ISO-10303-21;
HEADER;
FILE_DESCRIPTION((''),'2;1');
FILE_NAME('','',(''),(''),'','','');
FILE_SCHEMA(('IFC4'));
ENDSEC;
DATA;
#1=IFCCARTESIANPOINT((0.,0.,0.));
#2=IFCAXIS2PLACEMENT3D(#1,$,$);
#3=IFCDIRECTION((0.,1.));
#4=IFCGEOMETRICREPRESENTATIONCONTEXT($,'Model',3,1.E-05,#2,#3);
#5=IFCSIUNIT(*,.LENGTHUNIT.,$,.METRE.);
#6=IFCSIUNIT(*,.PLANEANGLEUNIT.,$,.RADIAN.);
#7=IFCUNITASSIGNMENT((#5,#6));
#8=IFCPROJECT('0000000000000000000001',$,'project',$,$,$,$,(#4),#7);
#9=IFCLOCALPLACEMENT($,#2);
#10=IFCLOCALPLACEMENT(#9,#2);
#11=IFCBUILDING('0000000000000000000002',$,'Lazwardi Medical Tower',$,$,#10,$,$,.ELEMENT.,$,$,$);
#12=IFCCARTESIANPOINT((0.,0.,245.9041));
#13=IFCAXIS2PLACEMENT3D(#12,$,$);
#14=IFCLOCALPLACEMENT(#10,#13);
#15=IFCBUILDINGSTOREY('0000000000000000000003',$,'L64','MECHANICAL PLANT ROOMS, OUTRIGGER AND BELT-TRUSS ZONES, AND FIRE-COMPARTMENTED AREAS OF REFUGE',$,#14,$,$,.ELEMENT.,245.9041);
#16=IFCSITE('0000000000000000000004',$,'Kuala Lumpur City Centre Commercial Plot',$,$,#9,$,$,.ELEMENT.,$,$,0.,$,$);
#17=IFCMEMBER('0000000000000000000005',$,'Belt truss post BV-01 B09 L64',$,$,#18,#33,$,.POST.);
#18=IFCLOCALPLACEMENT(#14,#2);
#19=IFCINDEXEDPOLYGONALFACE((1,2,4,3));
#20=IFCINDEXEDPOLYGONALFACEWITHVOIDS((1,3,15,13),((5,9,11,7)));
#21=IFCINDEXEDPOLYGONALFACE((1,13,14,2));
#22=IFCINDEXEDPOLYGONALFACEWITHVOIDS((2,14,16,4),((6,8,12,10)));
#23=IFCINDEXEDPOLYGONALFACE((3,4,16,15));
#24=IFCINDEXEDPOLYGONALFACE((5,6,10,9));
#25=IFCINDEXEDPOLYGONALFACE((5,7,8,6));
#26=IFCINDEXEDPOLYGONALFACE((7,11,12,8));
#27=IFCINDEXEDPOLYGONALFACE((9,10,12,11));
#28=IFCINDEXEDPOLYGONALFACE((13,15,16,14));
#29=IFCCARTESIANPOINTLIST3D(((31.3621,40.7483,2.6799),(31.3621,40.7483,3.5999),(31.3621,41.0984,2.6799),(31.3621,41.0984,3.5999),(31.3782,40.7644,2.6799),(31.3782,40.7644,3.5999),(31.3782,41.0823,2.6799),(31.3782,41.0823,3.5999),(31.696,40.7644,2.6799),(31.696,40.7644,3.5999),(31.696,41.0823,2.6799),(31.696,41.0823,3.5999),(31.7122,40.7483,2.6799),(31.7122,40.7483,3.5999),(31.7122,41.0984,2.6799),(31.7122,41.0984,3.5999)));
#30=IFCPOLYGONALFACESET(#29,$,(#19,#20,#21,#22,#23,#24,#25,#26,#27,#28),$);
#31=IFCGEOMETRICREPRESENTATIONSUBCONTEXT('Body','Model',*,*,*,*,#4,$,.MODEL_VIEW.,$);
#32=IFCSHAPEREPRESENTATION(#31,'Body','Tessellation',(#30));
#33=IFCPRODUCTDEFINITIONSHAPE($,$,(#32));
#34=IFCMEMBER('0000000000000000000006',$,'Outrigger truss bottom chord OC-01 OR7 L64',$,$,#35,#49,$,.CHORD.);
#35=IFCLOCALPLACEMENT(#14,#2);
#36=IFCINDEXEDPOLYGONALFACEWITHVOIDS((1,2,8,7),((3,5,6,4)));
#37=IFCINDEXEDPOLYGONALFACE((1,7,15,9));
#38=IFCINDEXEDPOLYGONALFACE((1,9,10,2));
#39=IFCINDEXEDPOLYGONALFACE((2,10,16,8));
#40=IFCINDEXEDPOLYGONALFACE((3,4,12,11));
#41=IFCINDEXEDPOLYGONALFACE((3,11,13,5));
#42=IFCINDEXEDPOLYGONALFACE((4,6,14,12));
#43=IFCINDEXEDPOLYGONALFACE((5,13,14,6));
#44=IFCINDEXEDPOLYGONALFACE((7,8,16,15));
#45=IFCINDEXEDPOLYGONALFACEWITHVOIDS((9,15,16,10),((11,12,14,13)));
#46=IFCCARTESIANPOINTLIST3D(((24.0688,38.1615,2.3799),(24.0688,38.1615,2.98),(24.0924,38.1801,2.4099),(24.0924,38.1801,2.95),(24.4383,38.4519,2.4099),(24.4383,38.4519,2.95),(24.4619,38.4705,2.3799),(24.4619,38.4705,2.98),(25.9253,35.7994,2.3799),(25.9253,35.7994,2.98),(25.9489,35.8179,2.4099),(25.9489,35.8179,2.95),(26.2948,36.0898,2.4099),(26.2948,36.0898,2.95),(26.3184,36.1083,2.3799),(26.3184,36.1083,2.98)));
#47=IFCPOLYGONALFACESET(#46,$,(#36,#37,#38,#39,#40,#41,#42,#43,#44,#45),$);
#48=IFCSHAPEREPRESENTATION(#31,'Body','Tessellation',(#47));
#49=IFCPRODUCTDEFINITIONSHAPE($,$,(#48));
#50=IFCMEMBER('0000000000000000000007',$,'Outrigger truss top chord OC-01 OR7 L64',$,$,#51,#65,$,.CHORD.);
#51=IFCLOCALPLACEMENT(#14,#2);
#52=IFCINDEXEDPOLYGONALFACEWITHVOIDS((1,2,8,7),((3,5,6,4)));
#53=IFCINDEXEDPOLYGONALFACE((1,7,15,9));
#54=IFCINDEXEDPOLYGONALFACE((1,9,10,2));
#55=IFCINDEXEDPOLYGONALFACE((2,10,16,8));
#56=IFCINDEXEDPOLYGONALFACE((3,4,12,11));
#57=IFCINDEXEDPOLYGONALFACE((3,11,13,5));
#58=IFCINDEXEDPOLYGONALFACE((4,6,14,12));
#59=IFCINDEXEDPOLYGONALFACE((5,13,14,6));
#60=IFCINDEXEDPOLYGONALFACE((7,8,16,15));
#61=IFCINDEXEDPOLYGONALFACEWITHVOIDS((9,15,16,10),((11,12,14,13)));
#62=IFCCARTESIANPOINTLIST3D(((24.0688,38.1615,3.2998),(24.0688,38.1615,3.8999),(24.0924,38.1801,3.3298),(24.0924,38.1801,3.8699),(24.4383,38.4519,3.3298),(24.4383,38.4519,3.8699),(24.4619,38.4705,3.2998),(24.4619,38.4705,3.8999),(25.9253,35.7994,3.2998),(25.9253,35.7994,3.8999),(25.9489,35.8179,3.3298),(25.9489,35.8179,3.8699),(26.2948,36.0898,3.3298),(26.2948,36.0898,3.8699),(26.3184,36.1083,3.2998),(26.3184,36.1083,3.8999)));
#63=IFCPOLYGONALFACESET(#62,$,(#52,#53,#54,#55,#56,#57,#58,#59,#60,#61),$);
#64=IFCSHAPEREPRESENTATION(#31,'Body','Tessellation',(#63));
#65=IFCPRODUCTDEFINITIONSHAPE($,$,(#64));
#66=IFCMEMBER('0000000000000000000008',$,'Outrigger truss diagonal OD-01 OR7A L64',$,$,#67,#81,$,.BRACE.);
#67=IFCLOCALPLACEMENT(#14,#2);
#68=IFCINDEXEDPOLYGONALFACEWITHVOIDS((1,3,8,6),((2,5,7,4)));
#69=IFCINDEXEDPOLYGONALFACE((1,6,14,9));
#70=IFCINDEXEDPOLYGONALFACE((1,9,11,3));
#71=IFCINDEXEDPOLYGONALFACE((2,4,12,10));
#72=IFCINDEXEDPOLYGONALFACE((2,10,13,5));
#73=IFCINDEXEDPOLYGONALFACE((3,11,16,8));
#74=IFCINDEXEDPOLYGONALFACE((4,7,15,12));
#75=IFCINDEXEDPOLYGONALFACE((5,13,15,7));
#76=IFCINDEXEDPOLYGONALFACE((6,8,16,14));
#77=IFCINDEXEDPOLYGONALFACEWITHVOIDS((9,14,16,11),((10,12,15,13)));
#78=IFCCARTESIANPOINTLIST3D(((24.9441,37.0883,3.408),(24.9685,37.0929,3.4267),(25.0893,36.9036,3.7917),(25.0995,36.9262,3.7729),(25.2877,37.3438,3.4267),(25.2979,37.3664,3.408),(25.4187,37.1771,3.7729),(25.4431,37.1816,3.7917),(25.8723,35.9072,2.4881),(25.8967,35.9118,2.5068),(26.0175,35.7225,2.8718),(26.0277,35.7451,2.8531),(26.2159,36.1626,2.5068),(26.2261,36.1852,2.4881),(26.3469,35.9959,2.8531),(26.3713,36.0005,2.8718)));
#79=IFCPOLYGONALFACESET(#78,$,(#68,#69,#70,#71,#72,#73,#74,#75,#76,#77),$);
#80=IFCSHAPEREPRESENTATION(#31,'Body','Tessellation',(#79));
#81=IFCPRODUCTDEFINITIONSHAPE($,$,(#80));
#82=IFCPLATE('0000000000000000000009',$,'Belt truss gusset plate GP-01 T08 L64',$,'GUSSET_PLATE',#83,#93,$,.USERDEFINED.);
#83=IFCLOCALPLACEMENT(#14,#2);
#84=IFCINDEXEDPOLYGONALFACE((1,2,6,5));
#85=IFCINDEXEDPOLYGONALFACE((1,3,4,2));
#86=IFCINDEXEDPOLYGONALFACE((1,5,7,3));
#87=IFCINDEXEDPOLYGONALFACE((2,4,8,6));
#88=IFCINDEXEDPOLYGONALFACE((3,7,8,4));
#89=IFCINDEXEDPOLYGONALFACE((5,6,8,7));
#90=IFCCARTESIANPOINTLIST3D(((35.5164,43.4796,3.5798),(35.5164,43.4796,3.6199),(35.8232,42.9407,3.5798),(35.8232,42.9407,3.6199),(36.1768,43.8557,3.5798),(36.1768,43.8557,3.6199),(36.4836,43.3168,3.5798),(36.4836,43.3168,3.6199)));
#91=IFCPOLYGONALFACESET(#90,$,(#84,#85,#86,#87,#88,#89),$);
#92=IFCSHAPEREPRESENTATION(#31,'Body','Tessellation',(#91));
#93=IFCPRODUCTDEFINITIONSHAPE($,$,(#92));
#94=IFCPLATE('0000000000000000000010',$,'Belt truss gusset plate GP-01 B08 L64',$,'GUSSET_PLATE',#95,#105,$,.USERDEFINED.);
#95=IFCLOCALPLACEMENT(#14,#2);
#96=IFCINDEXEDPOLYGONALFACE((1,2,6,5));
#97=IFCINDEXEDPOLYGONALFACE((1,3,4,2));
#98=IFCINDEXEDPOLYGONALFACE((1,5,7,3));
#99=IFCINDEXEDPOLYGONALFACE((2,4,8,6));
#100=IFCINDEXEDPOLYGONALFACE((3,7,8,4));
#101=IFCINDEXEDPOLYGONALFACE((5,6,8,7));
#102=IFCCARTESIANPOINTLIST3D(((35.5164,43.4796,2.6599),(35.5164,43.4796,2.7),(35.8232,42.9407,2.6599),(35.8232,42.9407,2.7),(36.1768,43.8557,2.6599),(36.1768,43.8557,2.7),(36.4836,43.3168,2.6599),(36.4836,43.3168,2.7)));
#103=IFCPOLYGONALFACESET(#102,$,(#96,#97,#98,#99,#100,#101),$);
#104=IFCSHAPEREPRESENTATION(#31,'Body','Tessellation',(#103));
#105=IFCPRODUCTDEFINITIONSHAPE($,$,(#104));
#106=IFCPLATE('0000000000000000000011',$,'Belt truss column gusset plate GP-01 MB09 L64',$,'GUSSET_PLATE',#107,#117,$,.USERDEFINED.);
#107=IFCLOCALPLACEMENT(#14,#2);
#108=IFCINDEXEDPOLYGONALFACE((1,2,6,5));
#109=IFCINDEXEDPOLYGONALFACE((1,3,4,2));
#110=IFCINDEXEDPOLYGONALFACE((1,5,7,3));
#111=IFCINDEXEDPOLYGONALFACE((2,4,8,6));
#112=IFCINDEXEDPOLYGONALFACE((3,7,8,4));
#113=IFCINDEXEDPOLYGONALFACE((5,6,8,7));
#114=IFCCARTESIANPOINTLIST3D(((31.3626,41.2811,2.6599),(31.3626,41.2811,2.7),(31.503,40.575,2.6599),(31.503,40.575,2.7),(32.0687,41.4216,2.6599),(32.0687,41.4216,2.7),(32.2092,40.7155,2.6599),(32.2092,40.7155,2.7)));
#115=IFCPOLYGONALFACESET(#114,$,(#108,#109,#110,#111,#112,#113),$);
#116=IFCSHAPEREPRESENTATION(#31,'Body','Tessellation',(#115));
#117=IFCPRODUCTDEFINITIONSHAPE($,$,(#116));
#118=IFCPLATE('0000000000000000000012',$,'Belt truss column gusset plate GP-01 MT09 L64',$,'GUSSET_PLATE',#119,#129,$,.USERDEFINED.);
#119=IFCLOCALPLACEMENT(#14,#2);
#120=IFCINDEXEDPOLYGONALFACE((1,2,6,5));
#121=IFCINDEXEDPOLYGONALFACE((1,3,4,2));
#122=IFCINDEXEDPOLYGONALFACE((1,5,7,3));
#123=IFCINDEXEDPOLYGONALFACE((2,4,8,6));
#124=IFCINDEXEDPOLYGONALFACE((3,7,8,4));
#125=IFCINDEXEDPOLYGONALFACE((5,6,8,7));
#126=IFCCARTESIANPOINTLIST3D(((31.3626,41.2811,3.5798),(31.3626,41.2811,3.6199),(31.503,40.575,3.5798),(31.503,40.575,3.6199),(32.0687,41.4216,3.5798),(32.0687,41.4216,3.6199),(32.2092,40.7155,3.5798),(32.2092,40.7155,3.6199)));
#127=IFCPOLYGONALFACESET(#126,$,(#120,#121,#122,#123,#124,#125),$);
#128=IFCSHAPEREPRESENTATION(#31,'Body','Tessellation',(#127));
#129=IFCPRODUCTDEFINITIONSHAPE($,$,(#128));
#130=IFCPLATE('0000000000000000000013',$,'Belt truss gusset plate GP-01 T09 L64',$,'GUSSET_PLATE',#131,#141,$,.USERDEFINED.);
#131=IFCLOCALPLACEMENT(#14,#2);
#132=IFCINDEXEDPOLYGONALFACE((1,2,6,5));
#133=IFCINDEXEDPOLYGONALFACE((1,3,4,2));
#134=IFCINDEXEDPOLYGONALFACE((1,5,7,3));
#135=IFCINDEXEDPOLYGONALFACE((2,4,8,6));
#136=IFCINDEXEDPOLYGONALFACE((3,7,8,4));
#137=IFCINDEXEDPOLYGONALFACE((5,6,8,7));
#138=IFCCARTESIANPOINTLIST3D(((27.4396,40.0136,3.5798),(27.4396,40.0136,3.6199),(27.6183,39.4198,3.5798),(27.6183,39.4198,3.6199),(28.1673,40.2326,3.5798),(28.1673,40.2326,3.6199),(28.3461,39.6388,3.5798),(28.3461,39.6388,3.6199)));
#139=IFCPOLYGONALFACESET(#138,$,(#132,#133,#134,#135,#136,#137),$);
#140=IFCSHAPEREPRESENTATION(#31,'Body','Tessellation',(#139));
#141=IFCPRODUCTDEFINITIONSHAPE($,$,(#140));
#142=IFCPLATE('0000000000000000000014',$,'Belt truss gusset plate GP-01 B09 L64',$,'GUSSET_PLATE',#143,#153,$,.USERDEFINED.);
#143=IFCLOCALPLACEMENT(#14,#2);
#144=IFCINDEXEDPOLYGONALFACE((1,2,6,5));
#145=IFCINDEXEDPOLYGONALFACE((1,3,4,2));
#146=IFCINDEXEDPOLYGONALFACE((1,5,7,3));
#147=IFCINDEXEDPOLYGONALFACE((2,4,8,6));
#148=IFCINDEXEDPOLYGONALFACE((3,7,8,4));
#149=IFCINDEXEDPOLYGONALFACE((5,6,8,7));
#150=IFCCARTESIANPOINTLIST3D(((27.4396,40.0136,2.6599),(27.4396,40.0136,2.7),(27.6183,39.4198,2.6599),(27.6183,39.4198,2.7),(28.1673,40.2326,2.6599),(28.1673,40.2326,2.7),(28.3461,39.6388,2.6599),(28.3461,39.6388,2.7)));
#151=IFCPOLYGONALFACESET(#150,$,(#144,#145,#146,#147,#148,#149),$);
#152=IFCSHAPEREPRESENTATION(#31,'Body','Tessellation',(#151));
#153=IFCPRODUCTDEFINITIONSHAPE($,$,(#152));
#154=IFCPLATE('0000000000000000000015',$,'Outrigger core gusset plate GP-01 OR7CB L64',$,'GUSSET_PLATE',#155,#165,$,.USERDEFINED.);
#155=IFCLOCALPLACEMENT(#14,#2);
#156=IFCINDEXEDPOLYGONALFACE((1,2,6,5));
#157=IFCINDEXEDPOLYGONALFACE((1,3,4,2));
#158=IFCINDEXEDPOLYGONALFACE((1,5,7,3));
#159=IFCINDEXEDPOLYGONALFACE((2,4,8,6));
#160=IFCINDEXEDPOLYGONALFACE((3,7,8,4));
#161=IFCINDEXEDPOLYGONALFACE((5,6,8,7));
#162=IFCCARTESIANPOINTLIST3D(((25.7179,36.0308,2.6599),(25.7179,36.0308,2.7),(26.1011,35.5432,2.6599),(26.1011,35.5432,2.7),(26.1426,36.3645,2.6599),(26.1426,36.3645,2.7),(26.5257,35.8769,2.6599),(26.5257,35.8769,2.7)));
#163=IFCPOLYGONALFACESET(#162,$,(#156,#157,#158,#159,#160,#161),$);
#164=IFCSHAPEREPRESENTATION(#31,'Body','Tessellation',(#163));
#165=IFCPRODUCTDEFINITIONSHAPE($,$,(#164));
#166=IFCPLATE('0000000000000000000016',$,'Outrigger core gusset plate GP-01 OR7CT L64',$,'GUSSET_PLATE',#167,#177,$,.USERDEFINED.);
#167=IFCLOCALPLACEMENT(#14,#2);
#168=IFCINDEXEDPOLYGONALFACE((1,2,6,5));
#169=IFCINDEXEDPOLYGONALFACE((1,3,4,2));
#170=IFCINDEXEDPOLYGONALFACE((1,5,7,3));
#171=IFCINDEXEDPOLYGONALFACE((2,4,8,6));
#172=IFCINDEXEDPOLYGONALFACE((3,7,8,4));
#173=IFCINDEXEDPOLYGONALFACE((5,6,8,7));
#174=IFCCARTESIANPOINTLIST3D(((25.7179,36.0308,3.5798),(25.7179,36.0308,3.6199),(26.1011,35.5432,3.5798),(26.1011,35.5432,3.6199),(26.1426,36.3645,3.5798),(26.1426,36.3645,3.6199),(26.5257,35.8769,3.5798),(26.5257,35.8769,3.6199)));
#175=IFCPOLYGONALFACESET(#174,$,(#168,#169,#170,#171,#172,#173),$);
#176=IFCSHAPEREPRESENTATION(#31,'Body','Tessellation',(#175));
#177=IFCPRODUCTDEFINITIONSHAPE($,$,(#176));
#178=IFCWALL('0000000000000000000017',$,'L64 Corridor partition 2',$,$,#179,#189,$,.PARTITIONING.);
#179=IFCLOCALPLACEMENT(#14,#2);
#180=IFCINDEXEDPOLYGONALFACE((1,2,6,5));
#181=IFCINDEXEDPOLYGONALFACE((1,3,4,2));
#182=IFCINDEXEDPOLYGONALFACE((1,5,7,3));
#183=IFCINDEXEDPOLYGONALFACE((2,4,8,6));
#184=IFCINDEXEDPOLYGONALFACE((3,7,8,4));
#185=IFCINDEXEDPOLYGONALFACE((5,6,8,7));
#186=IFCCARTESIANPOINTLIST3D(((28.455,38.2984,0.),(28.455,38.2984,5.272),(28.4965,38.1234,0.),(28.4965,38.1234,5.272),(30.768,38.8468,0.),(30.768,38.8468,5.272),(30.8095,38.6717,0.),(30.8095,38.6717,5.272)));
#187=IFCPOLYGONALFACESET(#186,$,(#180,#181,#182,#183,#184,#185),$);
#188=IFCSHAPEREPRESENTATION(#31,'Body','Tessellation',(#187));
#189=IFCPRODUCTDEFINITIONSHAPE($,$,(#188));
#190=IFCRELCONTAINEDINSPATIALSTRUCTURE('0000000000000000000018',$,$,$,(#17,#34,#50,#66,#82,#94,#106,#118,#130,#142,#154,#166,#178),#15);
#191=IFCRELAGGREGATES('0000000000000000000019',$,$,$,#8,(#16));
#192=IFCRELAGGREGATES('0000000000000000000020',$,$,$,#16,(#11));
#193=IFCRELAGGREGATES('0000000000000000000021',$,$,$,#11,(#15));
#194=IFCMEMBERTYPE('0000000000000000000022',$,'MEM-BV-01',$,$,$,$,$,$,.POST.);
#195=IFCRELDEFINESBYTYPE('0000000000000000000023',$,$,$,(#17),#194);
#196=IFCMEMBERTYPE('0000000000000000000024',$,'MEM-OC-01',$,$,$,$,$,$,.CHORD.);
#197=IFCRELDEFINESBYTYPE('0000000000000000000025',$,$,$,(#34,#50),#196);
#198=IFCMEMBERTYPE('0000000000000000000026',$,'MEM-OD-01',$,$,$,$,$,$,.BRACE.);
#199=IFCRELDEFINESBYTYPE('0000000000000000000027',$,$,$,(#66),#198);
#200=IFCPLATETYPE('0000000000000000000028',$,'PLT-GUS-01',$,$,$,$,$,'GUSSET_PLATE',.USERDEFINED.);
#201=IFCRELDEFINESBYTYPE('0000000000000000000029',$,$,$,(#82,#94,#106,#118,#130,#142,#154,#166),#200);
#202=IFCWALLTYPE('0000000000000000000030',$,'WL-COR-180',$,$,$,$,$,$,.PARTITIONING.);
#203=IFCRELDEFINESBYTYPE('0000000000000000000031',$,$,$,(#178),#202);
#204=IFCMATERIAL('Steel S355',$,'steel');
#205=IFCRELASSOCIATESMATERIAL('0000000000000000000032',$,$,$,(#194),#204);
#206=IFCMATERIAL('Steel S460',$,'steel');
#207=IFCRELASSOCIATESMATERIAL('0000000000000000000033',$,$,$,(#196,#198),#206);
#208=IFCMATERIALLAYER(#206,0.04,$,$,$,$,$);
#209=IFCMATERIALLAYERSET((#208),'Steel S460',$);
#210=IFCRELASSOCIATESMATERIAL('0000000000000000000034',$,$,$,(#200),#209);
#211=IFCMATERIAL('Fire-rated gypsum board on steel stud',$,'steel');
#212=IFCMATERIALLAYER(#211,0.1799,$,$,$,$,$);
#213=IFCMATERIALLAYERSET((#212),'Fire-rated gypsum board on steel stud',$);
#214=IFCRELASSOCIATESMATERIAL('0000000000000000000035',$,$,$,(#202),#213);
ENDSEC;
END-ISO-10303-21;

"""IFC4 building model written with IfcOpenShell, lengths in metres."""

from ifc_helpers import new_model, si_unit, direction, frame, frame_2d, origin, origin_2d, place, context, subcontext, project, spatial, rectangle, hollow_rectangle, extrude, material, layer, layer_set, material_profile, profile_set, type_object, element, save


model = new_model("IFC4")

# Units and contexts
model_context = context("Model", 3, precision=1e-05, world=origin(), true_north=direction((0.0, 1.0)))
body_context = subcontext(model_context, "Body", "Model", "MODEL_VIEW")
ifc_project = project(units=[si_unit("LENGTHUNIT", "METRE"), si_unit("PLANEANGLEUNIT", "RADIAN")], contexts=[model_context])

# Site, building, storey
site_placement = place(None, origin())
site = spatial("IfcSite", under=ifc_project, at=site_placement, Name="Kuala Lumpur City Centre Commercial Plot", CompositionType="ELEMENT", RefElevation=0.0)
building_placement = place(site_placement, origin())
building = spatial("IfcBuilding", under=site, at=building_placement, Name="Lazwardi Medical Tower", CompositionType="ELEMENT")
storey_placement = place(building_placement, frame((0.0, 0.0, 245.9041)))
storey = spatial("IfcBuildingStorey", under=building, at=storey_placement, Name="L64", Description="MECHANICAL PLANT ROOMS, OUTRIGGER AND BELT-TRUSS ZONES, AND FIRE-COMPARTMENTED AREAS OF REFUGE", CompositionType="ELEMENT", Elevation=245.9041)

# Shared definitions
ifc_material_1 = material(Name="Steel S355", Category="steel")

# Members
ifc_material_2 = material(Name="Steel S460", Category="steel")
ifc_material_profile_1 = material_profile(ifc_material_1, hollow_rectangle(XDim=0.3501, YDim=0.3501, WallThickness=0.0161, at=origin_2d()), Name="RHS 350x350x16")
ifc_profile_set_1 = profile_set([ifc_material_profile_1], Name="Steel S355")
member_type_1 = type_object("IfcMemberType", Name="MEM-BV-01", PredefinedType="POST", material=ifc_profile_set_1)
member_1_placement = place(storey_placement, frame((31.5371, 40.9233, 2.6799), z_axis=(0.0, 0.0, 1.0), x_axis=(1.0, 0.0, 0.0)))
element("IfcMember", 1, at=member_1_placement, inside=storey, type_object=member_type_1, Name="Belt truss post BV-01 B09 L64", PredefinedType="POST", context=body_context, shape_type="SweptSolid", body=[
    extrude(hollow_rectangle(XDim=0.3501, YDim=0.3501, WallThickness=0.0161, at=origin_2d()), origin(), (0.0, 0.0, 1.0), 0.9199),
])
ifc_material_profile_2 = material_profile(ifc_material_2, hollow_rectangle(XDim=0.5, YDim=0.6001, WallThickness=0.03, at=origin_2d()), Name="RHS 600x500x30")
ifc_profile_set_2 = profile_set([ifc_material_profile_2], Name="Steel S460")
member_type_2 = type_object("IfcMemberType", Name="MEM-OC-01", PredefinedType="CHORD", material=ifc_profile_set_2)
for number, where, z_axis, x_axis, name in (
    (2, (26.1218, 35.9539, 2.6799), (-0.617933, 0.786231, 0.0), (-0.786231, -0.617933, 0.0), "Outrigger truss bottom chord OC-01 OR7 L64"),
    (3, (26.1218, 35.9539, 3.5999), (-0.617933, 0.786231, 0.0), (-0.786231, -0.617933, 0.0), "Outrigger truss top chord OC-01 OR7 L64"),
):
    element("IfcMember", number, at=place(storey_placement, frame(where, z_axis=z_axis, x_axis=x_axis)), inside=storey, type_object=member_type_2, Name=name, PredefinedType="CHORD", context=body_context, shape_type="SweptSolid", body=[
        extrude(hollow_rectangle(XDim=0.5, YDim=0.6001, WallThickness=0.03, at=origin_2d()), origin(), (0.0, 0.0, 1.0), 3.0044),
    ])
ifc_material_profile_3 = material_profile(ifc_material_2, hollow_rectangle(XDim=0.45, YDim=0.45, WallThickness=0.022, at=origin_2d()), Name="RHS 450x450x22")
ifc_profile_set_3 = profile_set([ifc_material_profile_3], Name="Steel S460")
member_type_3 = type_object("IfcMemberType", Name="MEM-OD-01", PredefinedType="BRACE", material=ifc_profile_set_3)
member_2_placement = place(storey_placement, frame((26.1218, 35.9539, 2.6799), z_axis=(-0.526942, 0.670528, 0.52223), x_axis=(-0.786262, -0.617893, 0.0)))
element("IfcMember", 4, at=member_2_placement, inside=storey, type_object=member_type_3, Name="Outrigger truss diagonal OD-01 OR7A L64", PredefinedType="BRACE", context=body_context, shape_type="SweptSolid", body=[
    extrude(hollow_rectangle(XDim=0.45, YDim=0.45, WallThickness=0.022, at=origin_2d()), origin(), (0.0, 0.0, 1.0), 1.7615),
])

# Plates
ifc_layer_1 = layer(ifc_material_2, 0.04)
ifc_layer_set_1 = layer_set([ifc_layer_1], Name="Steel S460")
plate_type = type_object("IfcPlateType", Name="PLT-GUS-01", ElementType="GUSSET_PLATE", PredefinedType="USERDEFINED", material=ifc_layer_set_1)
for number, where, z_axis, x_axis, name in (
    (5, (36.0, 43.3982, 3.5798), (0.0, 0.0, 1.0), (-0.868977, -0.494852, 0.0), "Belt truss gusset plate GP-01 T08 L64"),
    (6, (36.0, 43.3982, 2.6599), (0.0, 0.0, 1.0), (-0.868977, -0.494852, 0.0), "Belt truss gusset plate GP-01 B08 L64"),
):
    element("IfcPlate", number, at=place(storey_placement, frame(where, z_axis=z_axis, x_axis=x_axis)), inside=storey, type_object=plate_type, Name=name, ObjectType="GUSSET_PLATE", PredefinedType="USERDEFINED", context=body_context, shape_type="SweptSolid", body=[
        extrude(rectangle(XDim=0.76, YDim=0.6201, at=origin_2d()), origin(), (0.0, 0.0, 1.0), 0.04),
    ])
for number, where, z_axis, x_axis, name in (
    (7, (31.7859, 40.9983, 2.6599), (0.0, 0.0, 1.0), (-0.19509, 0.980785, 0.0), "Belt truss column gusset plate GP-01 MB09 L64"),
    (8, (31.7859, 40.9983, 3.5798), (0.0, 0.0, 1.0), (-0.19509, 0.980785, 0.0), "Belt truss column gusset plate GP-01 MT09 L64"),
):
    element("IfcPlate", number, at=place(storey_placement, frame(where, z_axis=z_axis, x_axis=x_axis)), inside=storey, type_object=plate_type, Name=name, ObjectType="GUSSET_PLATE", PredefinedType="USERDEFINED", context=body_context, shape_type="SweptSolid", body=[
        extrude(rectangle(XDim=0.72, YDim=0.72, at=origin_2d()), origin(), (0.0, 0.0, 1.0), 0.04),
    ])
for number, where, z_axis, x_axis, name in (
    (9, (27.8928, 39.8262, 3.5798), (0.0, 0.0, 1.0), (-0.957571, -0.288196, 0.0), "Belt truss gusset plate GP-01 T09 L64"),
    (10, (27.8928, 39.8262, 2.6599), (0.0, 0.0, 1.0), (-0.957571, -0.288196, 0.0), "Belt truss gusset plate GP-01 B09 L64"),
):
    element("IfcPlate", number, at=place(storey_placement, frame(where, z_axis=z_axis, x_axis=x_axis)), inside=storey, type_object=plate_type, Name=name, ObjectType="GUSSET_PLATE", PredefinedType="USERDEFINED", context=body_context, shape_type="SweptSolid", body=[
        extrude(rectangle(XDim=0.76, YDim=0.6201, at=origin_2d()), origin(), (0.0, 0.0, 1.0), 0.04),
    ])
for number, where, z_axis, x_axis, name in (
    (11, (26.1218, 35.9539, 2.6599), (0.0, 0.0, 1.0), (-0.61786, 0.786288, 0.0), "Outrigger core gusset plate GP-01 OR7CB L64"),
    (12, (26.1218, 35.9539, 3.5798), (0.0, 0.0, 1.0), (-0.61786, 0.786288, 0.0), "Outrigger core gusset plate GP-01 OR7CT L64"),
):
    element("IfcPlate", number, at=place(storey_placement, frame(where, z_axis=z_axis, x_axis=x_axis)), inside=storey, type_object=plate_type, Name=name, ObjectType="GUSSET_PLATE", PredefinedType="USERDEFINED", context=body_context, shape_type="SweptSolid", body=[
        extrude(rectangle(XDim=0.6201, YDim=0.54, at=origin_2d()), origin(), (0.0, 0.0, 1.0), 0.04),
    ])

# Wall
ifc_material_3 = material(Name="Fire-rated gypsum board on steel stud", Category="steel")
ifc_layer_2 = layer(ifc_material_3, 0.1799)
ifc_layer_set_2 = layer_set([ifc_layer_2], Name="Fire-rated gypsum board on steel stud")
wall_type_1 = type_object("IfcWallType", Name="WL-COR-180", PredefinedType="PARTITIONING", material=ifc_layer_set_2)
wall_1_placement = place(storey_placement, frame((28.4758, 38.2109, 0.0), z_axis=(0.0, 0.0, 1.0), x_axis=(0.973031, 0.230676, 0.0)))
element("IfcWall", 13, at=wall_1_placement, inside=storey, type_object=wall_type_1, Name="L64 Corridor partition 2", PredefinedType="PARTITIONING", context=body_context, shape_type="SweptSolid", body=[
    extrude(rectangle(XDim=2.3772, YDim=0.1799, at=frame_2d((1.1885, 0.0))), origin(), (0.0, 0.0, 1.0), 5.272),
])

save(model, "model.ifc")
